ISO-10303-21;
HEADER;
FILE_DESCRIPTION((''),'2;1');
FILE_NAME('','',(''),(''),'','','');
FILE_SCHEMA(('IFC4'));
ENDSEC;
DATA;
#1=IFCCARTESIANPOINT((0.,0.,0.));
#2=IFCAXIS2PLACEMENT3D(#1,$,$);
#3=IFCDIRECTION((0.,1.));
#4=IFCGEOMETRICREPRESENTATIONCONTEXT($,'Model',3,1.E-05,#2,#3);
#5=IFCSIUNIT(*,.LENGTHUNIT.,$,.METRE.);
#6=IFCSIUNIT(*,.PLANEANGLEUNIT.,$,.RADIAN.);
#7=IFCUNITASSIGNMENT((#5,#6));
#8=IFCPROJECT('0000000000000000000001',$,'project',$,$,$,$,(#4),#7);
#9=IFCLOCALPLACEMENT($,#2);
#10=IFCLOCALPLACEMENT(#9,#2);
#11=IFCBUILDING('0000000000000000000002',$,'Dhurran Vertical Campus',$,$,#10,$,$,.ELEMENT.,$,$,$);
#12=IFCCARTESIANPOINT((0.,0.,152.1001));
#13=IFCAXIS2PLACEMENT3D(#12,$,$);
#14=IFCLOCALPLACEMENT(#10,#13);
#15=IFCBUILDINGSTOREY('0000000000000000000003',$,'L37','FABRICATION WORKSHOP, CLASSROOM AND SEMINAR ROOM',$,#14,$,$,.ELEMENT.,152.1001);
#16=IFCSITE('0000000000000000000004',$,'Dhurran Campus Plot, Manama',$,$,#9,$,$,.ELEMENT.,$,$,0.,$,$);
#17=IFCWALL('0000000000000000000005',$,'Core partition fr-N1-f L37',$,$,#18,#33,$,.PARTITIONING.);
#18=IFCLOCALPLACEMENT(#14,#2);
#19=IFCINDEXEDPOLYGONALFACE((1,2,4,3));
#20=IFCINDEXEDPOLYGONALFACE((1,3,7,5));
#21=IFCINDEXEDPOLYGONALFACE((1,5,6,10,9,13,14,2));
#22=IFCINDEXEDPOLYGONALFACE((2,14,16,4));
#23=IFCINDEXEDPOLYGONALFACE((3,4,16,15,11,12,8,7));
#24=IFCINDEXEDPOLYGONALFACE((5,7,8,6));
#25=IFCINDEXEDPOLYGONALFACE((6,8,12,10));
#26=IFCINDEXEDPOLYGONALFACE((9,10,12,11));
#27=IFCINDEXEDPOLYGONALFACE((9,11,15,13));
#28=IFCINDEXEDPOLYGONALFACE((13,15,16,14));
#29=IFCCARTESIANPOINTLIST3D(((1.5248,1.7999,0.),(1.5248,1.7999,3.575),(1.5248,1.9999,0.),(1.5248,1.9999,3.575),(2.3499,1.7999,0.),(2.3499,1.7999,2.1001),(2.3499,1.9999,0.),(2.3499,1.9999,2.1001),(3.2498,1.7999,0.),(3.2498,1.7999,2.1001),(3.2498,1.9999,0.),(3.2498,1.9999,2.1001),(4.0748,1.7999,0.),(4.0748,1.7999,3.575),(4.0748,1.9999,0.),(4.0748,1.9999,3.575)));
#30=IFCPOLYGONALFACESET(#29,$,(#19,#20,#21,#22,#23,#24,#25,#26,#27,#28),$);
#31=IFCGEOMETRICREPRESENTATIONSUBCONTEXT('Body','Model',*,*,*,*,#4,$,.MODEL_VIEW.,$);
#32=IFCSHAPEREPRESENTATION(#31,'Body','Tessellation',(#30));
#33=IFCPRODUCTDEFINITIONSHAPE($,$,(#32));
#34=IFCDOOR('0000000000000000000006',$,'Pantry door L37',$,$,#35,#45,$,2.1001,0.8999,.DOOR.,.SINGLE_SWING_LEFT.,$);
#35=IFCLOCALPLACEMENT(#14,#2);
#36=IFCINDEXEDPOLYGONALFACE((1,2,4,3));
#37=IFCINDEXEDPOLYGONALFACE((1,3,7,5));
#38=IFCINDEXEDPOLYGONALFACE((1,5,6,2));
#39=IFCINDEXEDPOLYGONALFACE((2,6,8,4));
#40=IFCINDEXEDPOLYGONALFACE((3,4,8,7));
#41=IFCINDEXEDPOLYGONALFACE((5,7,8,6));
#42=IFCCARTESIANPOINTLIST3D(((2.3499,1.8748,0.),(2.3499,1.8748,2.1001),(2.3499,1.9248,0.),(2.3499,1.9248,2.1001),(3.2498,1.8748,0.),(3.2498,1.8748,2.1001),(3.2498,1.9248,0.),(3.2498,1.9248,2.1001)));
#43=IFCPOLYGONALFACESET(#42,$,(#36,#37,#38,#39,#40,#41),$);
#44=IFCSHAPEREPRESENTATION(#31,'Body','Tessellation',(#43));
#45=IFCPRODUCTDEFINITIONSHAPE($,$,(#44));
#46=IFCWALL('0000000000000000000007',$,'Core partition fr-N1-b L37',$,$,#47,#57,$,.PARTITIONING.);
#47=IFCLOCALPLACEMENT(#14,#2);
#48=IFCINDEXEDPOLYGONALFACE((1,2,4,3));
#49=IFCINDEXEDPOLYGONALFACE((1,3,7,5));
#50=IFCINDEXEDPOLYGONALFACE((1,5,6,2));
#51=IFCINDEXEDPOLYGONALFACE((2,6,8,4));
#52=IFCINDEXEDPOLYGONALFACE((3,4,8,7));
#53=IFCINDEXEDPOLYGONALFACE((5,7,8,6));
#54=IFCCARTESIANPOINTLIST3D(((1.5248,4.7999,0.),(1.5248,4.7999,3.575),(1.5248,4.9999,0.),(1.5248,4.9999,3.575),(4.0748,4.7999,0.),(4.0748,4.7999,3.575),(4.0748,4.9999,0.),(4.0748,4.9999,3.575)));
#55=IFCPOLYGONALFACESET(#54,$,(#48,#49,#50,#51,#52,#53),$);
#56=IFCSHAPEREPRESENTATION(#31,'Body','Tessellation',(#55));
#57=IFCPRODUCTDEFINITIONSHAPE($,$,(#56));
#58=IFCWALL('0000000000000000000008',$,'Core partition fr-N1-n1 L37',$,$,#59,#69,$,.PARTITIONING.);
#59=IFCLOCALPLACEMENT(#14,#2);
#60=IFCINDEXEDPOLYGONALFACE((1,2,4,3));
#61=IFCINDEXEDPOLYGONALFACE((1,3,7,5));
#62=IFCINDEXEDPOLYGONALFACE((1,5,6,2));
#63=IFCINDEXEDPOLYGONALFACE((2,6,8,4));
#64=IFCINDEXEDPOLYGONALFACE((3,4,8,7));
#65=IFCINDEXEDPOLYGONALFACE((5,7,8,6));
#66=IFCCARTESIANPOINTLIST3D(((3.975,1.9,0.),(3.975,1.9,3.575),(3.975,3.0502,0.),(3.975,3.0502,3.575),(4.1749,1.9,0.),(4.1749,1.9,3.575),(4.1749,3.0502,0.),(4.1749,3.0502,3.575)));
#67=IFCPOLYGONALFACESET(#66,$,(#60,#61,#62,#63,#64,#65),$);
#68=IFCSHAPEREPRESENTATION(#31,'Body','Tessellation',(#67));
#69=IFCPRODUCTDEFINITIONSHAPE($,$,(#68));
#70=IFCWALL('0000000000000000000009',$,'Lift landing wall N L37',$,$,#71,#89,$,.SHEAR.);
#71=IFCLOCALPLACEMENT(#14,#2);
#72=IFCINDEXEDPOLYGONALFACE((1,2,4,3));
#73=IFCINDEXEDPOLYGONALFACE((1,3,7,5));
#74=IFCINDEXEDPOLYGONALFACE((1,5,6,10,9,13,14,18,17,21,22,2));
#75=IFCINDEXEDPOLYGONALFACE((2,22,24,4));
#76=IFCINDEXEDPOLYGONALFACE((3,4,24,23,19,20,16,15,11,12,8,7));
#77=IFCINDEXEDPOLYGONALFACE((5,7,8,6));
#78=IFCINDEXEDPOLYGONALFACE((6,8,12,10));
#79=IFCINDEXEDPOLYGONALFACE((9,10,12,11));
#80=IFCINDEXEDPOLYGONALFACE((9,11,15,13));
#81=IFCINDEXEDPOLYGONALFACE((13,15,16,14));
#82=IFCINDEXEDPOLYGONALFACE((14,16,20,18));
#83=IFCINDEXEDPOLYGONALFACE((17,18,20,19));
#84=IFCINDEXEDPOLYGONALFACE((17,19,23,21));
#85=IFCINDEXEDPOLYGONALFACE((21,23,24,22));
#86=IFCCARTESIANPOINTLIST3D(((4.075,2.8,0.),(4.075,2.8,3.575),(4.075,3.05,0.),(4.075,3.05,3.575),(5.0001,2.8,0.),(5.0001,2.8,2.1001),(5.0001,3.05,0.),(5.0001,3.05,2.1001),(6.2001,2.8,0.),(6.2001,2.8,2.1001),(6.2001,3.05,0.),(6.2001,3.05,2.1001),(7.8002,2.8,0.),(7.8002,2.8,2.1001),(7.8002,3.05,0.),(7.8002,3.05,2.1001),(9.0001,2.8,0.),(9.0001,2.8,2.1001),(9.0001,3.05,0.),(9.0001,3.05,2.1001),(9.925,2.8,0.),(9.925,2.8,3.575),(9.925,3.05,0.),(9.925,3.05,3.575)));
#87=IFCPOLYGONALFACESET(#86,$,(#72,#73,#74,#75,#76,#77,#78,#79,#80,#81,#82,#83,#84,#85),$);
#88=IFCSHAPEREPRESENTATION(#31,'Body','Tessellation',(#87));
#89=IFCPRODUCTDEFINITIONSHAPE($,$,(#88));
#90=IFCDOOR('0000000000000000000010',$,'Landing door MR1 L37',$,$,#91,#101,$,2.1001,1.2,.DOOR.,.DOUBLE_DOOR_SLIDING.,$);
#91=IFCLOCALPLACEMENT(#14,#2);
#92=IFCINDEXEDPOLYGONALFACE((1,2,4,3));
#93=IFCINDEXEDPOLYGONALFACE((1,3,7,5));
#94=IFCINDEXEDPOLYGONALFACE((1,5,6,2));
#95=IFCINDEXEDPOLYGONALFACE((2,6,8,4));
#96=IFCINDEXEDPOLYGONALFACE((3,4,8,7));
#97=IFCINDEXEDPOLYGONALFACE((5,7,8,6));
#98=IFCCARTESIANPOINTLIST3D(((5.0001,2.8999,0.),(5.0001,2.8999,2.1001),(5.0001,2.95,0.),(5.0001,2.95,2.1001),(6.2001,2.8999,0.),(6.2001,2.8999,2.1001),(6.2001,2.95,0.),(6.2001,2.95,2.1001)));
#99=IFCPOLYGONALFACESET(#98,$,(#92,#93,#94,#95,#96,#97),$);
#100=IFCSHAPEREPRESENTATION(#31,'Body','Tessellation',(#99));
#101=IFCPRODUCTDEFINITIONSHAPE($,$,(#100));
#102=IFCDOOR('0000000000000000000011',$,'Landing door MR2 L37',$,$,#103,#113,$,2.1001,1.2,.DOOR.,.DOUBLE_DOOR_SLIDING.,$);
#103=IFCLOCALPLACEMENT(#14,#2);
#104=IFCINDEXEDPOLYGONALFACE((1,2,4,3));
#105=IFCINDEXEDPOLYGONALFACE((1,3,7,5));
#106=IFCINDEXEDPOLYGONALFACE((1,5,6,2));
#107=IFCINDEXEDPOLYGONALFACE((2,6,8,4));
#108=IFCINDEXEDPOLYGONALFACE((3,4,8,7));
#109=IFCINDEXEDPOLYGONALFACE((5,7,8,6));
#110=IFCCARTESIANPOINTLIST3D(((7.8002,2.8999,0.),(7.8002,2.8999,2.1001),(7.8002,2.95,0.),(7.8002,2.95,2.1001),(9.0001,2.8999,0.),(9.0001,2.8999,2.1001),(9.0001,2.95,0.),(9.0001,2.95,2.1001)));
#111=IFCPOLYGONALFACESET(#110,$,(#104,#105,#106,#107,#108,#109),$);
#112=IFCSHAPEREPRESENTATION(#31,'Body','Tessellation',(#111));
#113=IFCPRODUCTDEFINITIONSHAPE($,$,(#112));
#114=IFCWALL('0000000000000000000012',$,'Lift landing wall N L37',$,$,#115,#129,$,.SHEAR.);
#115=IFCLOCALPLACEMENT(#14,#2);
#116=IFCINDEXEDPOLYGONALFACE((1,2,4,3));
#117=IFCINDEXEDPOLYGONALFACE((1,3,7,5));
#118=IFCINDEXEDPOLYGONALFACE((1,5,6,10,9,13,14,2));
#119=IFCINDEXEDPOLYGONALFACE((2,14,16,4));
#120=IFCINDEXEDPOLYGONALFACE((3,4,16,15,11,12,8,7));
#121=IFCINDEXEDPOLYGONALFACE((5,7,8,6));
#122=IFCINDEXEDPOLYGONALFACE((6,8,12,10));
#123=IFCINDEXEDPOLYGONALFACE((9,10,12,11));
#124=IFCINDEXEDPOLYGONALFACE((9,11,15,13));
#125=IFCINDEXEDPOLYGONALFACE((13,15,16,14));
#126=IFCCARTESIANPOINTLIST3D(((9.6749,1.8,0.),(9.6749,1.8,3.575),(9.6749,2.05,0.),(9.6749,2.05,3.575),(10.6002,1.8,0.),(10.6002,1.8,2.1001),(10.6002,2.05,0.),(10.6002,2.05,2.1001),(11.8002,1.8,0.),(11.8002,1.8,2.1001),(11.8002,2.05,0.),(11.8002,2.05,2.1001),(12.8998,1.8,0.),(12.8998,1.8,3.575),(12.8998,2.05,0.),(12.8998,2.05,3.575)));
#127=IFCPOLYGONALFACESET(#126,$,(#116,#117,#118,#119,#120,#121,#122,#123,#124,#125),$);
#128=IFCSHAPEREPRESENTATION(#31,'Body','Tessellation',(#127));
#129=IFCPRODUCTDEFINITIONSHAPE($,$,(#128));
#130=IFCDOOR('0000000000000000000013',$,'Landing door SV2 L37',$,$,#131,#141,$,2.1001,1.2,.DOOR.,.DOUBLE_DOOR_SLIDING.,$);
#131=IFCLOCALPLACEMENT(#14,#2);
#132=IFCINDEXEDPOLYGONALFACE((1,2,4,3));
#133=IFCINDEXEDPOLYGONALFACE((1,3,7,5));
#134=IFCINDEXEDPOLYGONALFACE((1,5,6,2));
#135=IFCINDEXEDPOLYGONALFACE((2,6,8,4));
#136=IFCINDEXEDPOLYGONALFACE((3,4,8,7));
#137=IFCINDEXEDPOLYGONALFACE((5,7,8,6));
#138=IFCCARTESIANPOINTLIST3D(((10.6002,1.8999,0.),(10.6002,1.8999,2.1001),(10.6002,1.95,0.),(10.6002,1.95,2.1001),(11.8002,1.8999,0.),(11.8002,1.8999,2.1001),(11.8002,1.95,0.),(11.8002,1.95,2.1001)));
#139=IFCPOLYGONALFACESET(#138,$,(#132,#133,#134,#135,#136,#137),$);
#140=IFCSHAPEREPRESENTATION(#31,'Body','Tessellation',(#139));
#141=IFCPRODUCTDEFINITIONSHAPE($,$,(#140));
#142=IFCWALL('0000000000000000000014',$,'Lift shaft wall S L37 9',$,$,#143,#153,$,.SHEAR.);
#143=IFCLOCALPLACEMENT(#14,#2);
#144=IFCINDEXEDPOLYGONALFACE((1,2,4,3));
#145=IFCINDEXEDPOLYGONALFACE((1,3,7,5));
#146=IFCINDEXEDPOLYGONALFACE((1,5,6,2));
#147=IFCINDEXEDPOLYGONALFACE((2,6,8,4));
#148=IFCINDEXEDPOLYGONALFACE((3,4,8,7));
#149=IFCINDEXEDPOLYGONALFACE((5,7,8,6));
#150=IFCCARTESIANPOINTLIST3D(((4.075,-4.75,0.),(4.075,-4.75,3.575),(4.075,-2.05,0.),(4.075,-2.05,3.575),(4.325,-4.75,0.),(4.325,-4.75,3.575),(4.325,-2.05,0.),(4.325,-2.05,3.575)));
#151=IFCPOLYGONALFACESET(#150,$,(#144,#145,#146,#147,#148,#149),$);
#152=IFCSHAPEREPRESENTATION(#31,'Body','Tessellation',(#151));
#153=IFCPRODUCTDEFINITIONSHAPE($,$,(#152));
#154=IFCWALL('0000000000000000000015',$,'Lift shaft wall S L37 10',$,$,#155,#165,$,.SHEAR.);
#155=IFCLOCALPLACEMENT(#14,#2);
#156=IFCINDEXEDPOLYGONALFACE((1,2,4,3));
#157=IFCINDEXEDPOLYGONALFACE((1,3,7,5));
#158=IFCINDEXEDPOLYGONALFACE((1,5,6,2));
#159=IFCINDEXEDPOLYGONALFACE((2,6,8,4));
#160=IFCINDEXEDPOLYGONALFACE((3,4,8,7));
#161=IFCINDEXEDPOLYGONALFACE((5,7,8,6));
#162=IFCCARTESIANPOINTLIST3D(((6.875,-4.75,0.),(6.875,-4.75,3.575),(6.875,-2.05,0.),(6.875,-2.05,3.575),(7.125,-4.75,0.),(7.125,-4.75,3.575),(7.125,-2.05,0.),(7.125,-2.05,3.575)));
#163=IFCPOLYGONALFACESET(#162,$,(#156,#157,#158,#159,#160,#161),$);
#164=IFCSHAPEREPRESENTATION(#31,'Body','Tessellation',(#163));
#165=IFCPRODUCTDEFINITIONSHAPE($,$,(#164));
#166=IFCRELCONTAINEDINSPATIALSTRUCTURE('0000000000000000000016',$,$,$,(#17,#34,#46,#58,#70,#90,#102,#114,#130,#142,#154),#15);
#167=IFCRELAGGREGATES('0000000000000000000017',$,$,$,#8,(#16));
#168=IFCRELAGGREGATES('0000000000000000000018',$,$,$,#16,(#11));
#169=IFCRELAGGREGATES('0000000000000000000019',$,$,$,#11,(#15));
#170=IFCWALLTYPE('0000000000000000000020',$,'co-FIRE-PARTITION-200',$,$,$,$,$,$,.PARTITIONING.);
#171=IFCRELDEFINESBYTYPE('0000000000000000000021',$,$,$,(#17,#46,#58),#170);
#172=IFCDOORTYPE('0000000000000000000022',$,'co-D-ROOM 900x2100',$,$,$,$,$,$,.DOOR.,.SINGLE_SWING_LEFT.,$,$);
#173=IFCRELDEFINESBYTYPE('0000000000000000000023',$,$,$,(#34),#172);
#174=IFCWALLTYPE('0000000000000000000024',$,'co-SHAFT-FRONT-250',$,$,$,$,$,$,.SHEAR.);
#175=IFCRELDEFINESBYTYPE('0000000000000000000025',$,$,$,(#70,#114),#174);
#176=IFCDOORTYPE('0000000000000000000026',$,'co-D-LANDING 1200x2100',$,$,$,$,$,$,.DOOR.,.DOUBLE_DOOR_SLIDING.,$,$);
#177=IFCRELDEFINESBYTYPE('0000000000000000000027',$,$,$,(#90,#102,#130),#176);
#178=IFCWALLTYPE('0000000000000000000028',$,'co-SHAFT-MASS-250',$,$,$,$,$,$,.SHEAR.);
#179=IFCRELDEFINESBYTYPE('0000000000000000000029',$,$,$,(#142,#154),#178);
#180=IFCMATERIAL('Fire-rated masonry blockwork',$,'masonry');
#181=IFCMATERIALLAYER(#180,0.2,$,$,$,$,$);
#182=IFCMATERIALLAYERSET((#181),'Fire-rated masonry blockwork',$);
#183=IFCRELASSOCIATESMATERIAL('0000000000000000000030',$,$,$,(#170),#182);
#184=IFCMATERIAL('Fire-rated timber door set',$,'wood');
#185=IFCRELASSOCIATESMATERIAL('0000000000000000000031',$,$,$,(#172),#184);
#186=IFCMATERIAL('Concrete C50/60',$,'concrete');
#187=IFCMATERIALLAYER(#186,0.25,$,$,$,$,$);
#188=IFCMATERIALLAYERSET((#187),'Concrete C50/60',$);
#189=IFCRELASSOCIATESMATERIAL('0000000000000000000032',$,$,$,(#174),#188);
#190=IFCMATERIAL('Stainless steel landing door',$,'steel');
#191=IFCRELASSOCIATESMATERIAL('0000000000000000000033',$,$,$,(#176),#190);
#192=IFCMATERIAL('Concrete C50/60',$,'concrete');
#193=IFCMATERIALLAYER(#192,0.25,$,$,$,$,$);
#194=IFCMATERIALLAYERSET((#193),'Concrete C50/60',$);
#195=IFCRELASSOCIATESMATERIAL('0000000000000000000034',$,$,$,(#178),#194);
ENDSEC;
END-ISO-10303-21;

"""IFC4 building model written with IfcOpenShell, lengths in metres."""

from ifc_helpers import new_model, si_unit, direction, frame, frame_2d, origin, place, context, subcontext, project, spatial, polyline, rectangle, outline, extrude, material, layer, layer_set, type_object, element, fill, save


model = new_model("IFC4")

# Units and contexts
model_context = context("Model", 3, precision=1e-05, world=origin(), true_north=direction((0.0, 1.0)))
body_context = subcontext(model_context, "Body", "Model", "MODEL_VIEW")
ifc_project = project(units=[si_unit("LENGTHUNIT", "METRE"), si_unit("PLANEANGLEUNIT", "RADIAN")], contexts=[model_context])

# Site, building, storey
site_placement = place(None, origin())
site = spatial("IfcSite", under=ifc_project, at=site_placement, Name="Dhurran Campus Plot, Manama", CompositionType="ELEMENT", RefElevation=0.0)
building_placement = place(site_placement, origin())
building = spatial("IfcBuilding", under=site, at=building_placement, Name="Dhurran Vertical Campus", CompositionType="ELEMENT")
storey_placement = place(building_placement, frame((0.0, 0.0, 152.1001)))
storey = spatial("IfcBuildingStorey", under=building, at=storey_placement, Name="L37", Description="FABRICATION WORKSHOP, CLASSROOM AND SEMINAR ROOM", CompositionType="ELEMENT", Elevation=152.1001)

# Shared definitions
ifc_material_1 = material(Name="Fire-rated masonry blockwork", Category="masonry")
ifc_layer_1 = layer(ifc_material_1, 0.2)
ifc_layer_set_1 = layer_set([ifc_layer_1], Name="Fire-rated masonry blockwork")
wall_type_1 = type_object("IfcWallType", Name="co-FIRE-PARTITION-200", PredefinedType="PARTITIONING", material=ifc_layer_set_1)

# Shared definitions
ifc_material_2 = material(Name="Fire-rated timber door set", Category="wood")
door_type_1 = type_object("IfcDoorType", Name="co-D-ROOM 900x2100", OperationType="SINGLE_SWING_LEFT", PredefinedType="DOOR", material=ifc_material_2)

# Wall, opening, door
wall_1_placement = place(storey_placement, frame((1.5249, 1.8999, 0.0), z_axis=(0.0, 0.0, 1.0), x_axis=(1.0, 0.0, 0.0)))
wall_1 = element("IfcWall", 1, at=wall_1_placement, inside=storey, type_object=wall_type_1, Name="Core partition fr-N1-f L37", PredefinedType="PARTITIONING", context=body_context, shape_type="SweptSolid", body=[
    extrude(rectangle(XDim=2.55, YDim=0.2, at=frame_2d((1.2749, 0.0))), origin(), (0.0, 0.0, 1.0), 3.575),
])
opening_1_placement = place(wall_1_placement, frame((0.825, 0.0, 0.0)))
opening_1 = element("IfcOpeningElement", 2, at=opening_1_placement, cuts=wall_1, PredefinedType="OPENING", context=body_context, shape_type="SweptSolid", body=[
    extrude(rectangle(XDim=0.8999, YDim=2.1001, at=frame_2d((0.45, 1.05))), frame((0.0, 0.1099, 0.0), z_axis=(0.0, -1.0, 0.0), x_axis=(1.0, 0.0, 0.0)), (0.0, 0.0, 1.0), 0.22),
])
door_1_placement = place(opening_1_placement, origin())
door_1 = element("IfcDoor", 3, at=door_1_placement, inside=storey, type_object=door_type_1, Name="Pantry door L37", OperationType="SINGLE_SWING_LEFT", OverallHeight=2.1001, OverallWidth=0.8999, PredefinedType="DOOR", context=body_context, shape_type="SweptSolid", body=[
    extrude(rectangle(XDim=0.8999, YDim=2.1001, at=frame_2d((0.45, 1.05))), frame((0.0, 0.0249, 0.0), z_axis=(0.0, -1.0, 0.0), x_axis=(1.0, 0.0, 0.0)), (0.0, 0.0, 1.0), 0.05),
])
fill(opening_1, door_1)

# Walls
wall_2_placement = place(storey_placement, frame((1.5249, 4.8999, 0.0), z_axis=(0.0, 0.0, 1.0), x_axis=(1.0, 0.0, 0.0)))
element("IfcWall", 4, at=wall_2_placement, inside=storey, type_object=wall_type_1, Name="Core partition fr-N1-b L37", PredefinedType="PARTITIONING", context=body_context, shape_type="SweptSolid", body=[
    extrude(rectangle(XDim=2.55, YDim=0.2, at=frame_2d((1.2749, 0.0))), origin(), (0.0, 0.0, 1.0), 3.575),
])
wall_3_placement = place(storey_placement, frame((4.075, 1.8999, 0.0), z_axis=(0.0, 0.0, 1.0), x_axis=(0.0, 1.0, 0.0)))
element("IfcWall", 5, at=wall_3_placement, inside=storey, type_object=wall_type_1, Name="Core partition fr-N1-n1 L37", PredefinedType="PARTITIONING", context=body_context, shape_type="SweptSolid", body=[
    extrude(rectangle(XDim=1.1501, YDim=0.2, at=frame_2d((0.5752, 0.0))), origin(), (0.0, 0.0, 1.0), 3.575),
])

# Wall, openings, doors
ifc_material_3 = material(Name="Concrete C50/60", Category="concrete")
ifc_layer_2 = layer(ifc_material_3, 0.25)
ifc_layer_set_2 = layer_set([ifc_layer_2], Name="Concrete C50/60")
wall_type_2 = type_object("IfcWallType", Name="co-SHAFT-FRONT-250", PredefinedType="SHEAR", material=ifc_layer_set_2)
wall_4_placement = place(storey_placement, frame((4.075, 2.925, 0.0), z_axis=(0.0, 0.0, 1.0), x_axis=(1.0, 0.0, 0.0)))
wall_4 = element("IfcWall", 6, at=wall_4_placement, inside=storey, type_object=wall_type_2, Name="Lift landing wall N L37", PredefinedType="SHEAR", context=body_context, shape_type="SweptSolid", body=[
    extrude(rectangle(XDim=5.8501, YDim=0.25, at=frame_2d((2.925, 0.0))), origin(), (0.0, 0.0, 1.0), 3.575),
])
opening_2_placement = place(wall_4_placement, frame((0.925, 0.0, 0.0)))
opening_2 = element("IfcOpeningElement", 7, at=opening_2_placement, cuts=wall_4, PredefinedType="OPENING", context=body_context, shape_type="SweptSolid", body=[
    extrude(rectangle(XDim=1.2, YDim=2.1001, at=frame_2d((0.6001, 1.05))), frame((0.0, 0.135, 0.0), z_axis=(0.0, -1.0, 0.0), x_axis=(1.0, 0.0, 0.0)), (0.0, 0.0, 1.0), 0.27),
])
opening_3_placement = place(wall_4_placement, frame((3.7251, 0.0, 0.0)))
opening_3 = element("IfcOpeningElement", 8, at=opening_3_placement, cuts=wall_4, PredefinedType="OPENING", context=body_context, shape_type="SweptSolid", body=[
    extrude(rectangle(XDim=1.2, YDim=2.1001, at=frame_2d((0.6001, 1.05))), frame((0.0, 0.135, 0.0), z_axis=(0.0, -1.0, 0.0), x_axis=(1.0, 0.0, 0.0)), (0.0, 0.0, 1.0), 0.27),
])
ifc_material_4 = material(Name="Stainless steel landing door", Category="steel")
door_type_2 = type_object("IfcDoorType", Name="co-D-LANDING 1200x2100", OperationType="DOUBLE_DOOR_SLIDING", PredefinedType="DOOR", material=ifc_material_4)
door_2_placement = place(opening_2_placement, origin())
door_2 = element("IfcDoor", 9, at=door_2_placement, inside=storey, type_object=door_type_2, Name="Landing door MR1 L37", OperationType="DOUBLE_DOOR_SLIDING", OverallHeight=2.1001, OverallWidth=1.2, PredefinedType="DOOR", context=body_context, shape_type="SweptSolid", body=[
    extrude(rectangle(XDim=1.2, YDim=2.1001, at=frame_2d((0.6001, 1.05))), frame((0.0, 0.0249, 0.0), z_axis=(0.0, -1.0, 0.0), x_axis=(1.0, 0.0, 0.0)), (0.0, 0.0, 1.0), 0.05),
])
fill(opening_2, door_2)
door_3_placement = place(opening_3_placement, origin())
door_3 = element("IfcDoor", 10, at=door_3_placement, inside=storey, type_object=door_type_2, Name="Landing door MR2 L37", OperationType="DOUBLE_DOOR_SLIDING", OverallHeight=2.1001, OverallWidth=1.2, PredefinedType="DOOR", context=body_context, shape_type="SweptSolid", body=[
    extrude(rectangle(XDim=1.2, YDim=2.1001, at=frame_2d((0.6001, 1.05))), frame((0.0, 0.0249, 0.0), z_axis=(0.0, -1.0, 0.0), x_axis=(1.0, 0.0, 0.0)), (0.0, 0.0, 1.0), 0.05),
])
fill(opening_3, door_3)

# Wall, opening, door
wall_5_placement = place(storey_placement, frame((9.675, 1.925, 0.0), z_axis=(0.0, 0.0, 1.0), x_axis=(1.0, 0.0, 0.0)))
wall_5 = element("IfcWall", 11, at=wall_5_placement, inside=storey, type_object=wall_type_2, Name="Lift landing wall N L37", PredefinedType="SHEAR", context=body_context, shape_type="SweptSolid", body=[
    extrude(rectangle(XDim=3.2249, YDim=0.25, at=frame_2d((1.6123, 0.0))), origin(), (0.0, 0.0, 1.0), 3.575),
])
opening_4_placement = place(wall_5_placement, frame((0.925, 0.0, 0.0)))
opening_4 = element("IfcOpeningElement", 12, at=opening_4_placement, cuts=wall_5, PredefinedType="OPENING", context=body_context, shape_type="SweptSolid", body=[
    extrude(rectangle(XDim=1.2, YDim=2.1001, at=frame_2d((0.6001, 1.05))), frame((0.0, 0.135, 0.0), z_axis=(0.0, -1.0, 0.0), x_axis=(1.0, 0.0, 0.0)), (0.0, 0.0, 1.0), 0.27),
])
door_4_placement = place(opening_4_placement, origin())
door_4 = element("IfcDoor", 13, at=door_4_placement, inside=storey, type_object=door_type_2, Name="Landing door SV2 L37", OperationType="DOUBLE_DOOR_SLIDING", OverallHeight=2.1001, OverallWidth=1.2, PredefinedType="DOOR", context=body_context, shape_type="SweptSolid", body=[
    extrude(rectangle(XDim=1.2, YDim=2.1001, at=frame_2d((0.6001, 1.05))), frame((0.0, 0.0249, 0.0), z_axis=(0.0, -1.0, 0.0), x_axis=(1.0, 0.0, 0.0)), (0.0, 0.0, 1.0), 0.05),
])
fill(opening_4, door_4)

# Walls
ifc_material_5 = material(Name="Concrete C50/60", Category="concrete")
ifc_layer_3 = layer(ifc_material_5, 0.25)
ifc_layer_set_3 = layer_set([ifc_layer_3], Name="Concrete C50/60")
wall_type_3 = type_object("IfcWallType", Name="co-SHAFT-MASS-250", PredefinedType="SHEAR", material=ifc_layer_set_3)
wall_6_placement = place(storey_placement, origin())
element("IfcWall", 14, at=wall_6_placement, inside=storey, type_object=wall_type_3, Name="Lift shaft wall S L37 9", PredefinedType="SHEAR", context=body_context, shape_type="SweptSolid", body=[
    extrude(outline(polyline([(4.075, -4.75), (4.325, -4.75), (4.325, -2.05), (4.075, -2.05), (4.075, -4.75)])), origin(), (0.0, 0.0, 1.0), 3.575),
])
wall_7_placement = place(storey_placement, origin())
element("IfcWall", 15, at=wall_7_placement, inside=storey, type_object=wall_type_3, Name="Lift shaft wall S L37 10", PredefinedType="SHEAR", context=body_context, shape_type="SweptSolid", body=[
    extrude(outline(polyline([(6.875, -4.75), (7.125, -4.75), (7.125, -2.05), (6.875, -2.05), (6.875, -4.75)])), origin(), (0.0, 0.0, 1.0), 3.575),
])

save(model, "model.ifc")
